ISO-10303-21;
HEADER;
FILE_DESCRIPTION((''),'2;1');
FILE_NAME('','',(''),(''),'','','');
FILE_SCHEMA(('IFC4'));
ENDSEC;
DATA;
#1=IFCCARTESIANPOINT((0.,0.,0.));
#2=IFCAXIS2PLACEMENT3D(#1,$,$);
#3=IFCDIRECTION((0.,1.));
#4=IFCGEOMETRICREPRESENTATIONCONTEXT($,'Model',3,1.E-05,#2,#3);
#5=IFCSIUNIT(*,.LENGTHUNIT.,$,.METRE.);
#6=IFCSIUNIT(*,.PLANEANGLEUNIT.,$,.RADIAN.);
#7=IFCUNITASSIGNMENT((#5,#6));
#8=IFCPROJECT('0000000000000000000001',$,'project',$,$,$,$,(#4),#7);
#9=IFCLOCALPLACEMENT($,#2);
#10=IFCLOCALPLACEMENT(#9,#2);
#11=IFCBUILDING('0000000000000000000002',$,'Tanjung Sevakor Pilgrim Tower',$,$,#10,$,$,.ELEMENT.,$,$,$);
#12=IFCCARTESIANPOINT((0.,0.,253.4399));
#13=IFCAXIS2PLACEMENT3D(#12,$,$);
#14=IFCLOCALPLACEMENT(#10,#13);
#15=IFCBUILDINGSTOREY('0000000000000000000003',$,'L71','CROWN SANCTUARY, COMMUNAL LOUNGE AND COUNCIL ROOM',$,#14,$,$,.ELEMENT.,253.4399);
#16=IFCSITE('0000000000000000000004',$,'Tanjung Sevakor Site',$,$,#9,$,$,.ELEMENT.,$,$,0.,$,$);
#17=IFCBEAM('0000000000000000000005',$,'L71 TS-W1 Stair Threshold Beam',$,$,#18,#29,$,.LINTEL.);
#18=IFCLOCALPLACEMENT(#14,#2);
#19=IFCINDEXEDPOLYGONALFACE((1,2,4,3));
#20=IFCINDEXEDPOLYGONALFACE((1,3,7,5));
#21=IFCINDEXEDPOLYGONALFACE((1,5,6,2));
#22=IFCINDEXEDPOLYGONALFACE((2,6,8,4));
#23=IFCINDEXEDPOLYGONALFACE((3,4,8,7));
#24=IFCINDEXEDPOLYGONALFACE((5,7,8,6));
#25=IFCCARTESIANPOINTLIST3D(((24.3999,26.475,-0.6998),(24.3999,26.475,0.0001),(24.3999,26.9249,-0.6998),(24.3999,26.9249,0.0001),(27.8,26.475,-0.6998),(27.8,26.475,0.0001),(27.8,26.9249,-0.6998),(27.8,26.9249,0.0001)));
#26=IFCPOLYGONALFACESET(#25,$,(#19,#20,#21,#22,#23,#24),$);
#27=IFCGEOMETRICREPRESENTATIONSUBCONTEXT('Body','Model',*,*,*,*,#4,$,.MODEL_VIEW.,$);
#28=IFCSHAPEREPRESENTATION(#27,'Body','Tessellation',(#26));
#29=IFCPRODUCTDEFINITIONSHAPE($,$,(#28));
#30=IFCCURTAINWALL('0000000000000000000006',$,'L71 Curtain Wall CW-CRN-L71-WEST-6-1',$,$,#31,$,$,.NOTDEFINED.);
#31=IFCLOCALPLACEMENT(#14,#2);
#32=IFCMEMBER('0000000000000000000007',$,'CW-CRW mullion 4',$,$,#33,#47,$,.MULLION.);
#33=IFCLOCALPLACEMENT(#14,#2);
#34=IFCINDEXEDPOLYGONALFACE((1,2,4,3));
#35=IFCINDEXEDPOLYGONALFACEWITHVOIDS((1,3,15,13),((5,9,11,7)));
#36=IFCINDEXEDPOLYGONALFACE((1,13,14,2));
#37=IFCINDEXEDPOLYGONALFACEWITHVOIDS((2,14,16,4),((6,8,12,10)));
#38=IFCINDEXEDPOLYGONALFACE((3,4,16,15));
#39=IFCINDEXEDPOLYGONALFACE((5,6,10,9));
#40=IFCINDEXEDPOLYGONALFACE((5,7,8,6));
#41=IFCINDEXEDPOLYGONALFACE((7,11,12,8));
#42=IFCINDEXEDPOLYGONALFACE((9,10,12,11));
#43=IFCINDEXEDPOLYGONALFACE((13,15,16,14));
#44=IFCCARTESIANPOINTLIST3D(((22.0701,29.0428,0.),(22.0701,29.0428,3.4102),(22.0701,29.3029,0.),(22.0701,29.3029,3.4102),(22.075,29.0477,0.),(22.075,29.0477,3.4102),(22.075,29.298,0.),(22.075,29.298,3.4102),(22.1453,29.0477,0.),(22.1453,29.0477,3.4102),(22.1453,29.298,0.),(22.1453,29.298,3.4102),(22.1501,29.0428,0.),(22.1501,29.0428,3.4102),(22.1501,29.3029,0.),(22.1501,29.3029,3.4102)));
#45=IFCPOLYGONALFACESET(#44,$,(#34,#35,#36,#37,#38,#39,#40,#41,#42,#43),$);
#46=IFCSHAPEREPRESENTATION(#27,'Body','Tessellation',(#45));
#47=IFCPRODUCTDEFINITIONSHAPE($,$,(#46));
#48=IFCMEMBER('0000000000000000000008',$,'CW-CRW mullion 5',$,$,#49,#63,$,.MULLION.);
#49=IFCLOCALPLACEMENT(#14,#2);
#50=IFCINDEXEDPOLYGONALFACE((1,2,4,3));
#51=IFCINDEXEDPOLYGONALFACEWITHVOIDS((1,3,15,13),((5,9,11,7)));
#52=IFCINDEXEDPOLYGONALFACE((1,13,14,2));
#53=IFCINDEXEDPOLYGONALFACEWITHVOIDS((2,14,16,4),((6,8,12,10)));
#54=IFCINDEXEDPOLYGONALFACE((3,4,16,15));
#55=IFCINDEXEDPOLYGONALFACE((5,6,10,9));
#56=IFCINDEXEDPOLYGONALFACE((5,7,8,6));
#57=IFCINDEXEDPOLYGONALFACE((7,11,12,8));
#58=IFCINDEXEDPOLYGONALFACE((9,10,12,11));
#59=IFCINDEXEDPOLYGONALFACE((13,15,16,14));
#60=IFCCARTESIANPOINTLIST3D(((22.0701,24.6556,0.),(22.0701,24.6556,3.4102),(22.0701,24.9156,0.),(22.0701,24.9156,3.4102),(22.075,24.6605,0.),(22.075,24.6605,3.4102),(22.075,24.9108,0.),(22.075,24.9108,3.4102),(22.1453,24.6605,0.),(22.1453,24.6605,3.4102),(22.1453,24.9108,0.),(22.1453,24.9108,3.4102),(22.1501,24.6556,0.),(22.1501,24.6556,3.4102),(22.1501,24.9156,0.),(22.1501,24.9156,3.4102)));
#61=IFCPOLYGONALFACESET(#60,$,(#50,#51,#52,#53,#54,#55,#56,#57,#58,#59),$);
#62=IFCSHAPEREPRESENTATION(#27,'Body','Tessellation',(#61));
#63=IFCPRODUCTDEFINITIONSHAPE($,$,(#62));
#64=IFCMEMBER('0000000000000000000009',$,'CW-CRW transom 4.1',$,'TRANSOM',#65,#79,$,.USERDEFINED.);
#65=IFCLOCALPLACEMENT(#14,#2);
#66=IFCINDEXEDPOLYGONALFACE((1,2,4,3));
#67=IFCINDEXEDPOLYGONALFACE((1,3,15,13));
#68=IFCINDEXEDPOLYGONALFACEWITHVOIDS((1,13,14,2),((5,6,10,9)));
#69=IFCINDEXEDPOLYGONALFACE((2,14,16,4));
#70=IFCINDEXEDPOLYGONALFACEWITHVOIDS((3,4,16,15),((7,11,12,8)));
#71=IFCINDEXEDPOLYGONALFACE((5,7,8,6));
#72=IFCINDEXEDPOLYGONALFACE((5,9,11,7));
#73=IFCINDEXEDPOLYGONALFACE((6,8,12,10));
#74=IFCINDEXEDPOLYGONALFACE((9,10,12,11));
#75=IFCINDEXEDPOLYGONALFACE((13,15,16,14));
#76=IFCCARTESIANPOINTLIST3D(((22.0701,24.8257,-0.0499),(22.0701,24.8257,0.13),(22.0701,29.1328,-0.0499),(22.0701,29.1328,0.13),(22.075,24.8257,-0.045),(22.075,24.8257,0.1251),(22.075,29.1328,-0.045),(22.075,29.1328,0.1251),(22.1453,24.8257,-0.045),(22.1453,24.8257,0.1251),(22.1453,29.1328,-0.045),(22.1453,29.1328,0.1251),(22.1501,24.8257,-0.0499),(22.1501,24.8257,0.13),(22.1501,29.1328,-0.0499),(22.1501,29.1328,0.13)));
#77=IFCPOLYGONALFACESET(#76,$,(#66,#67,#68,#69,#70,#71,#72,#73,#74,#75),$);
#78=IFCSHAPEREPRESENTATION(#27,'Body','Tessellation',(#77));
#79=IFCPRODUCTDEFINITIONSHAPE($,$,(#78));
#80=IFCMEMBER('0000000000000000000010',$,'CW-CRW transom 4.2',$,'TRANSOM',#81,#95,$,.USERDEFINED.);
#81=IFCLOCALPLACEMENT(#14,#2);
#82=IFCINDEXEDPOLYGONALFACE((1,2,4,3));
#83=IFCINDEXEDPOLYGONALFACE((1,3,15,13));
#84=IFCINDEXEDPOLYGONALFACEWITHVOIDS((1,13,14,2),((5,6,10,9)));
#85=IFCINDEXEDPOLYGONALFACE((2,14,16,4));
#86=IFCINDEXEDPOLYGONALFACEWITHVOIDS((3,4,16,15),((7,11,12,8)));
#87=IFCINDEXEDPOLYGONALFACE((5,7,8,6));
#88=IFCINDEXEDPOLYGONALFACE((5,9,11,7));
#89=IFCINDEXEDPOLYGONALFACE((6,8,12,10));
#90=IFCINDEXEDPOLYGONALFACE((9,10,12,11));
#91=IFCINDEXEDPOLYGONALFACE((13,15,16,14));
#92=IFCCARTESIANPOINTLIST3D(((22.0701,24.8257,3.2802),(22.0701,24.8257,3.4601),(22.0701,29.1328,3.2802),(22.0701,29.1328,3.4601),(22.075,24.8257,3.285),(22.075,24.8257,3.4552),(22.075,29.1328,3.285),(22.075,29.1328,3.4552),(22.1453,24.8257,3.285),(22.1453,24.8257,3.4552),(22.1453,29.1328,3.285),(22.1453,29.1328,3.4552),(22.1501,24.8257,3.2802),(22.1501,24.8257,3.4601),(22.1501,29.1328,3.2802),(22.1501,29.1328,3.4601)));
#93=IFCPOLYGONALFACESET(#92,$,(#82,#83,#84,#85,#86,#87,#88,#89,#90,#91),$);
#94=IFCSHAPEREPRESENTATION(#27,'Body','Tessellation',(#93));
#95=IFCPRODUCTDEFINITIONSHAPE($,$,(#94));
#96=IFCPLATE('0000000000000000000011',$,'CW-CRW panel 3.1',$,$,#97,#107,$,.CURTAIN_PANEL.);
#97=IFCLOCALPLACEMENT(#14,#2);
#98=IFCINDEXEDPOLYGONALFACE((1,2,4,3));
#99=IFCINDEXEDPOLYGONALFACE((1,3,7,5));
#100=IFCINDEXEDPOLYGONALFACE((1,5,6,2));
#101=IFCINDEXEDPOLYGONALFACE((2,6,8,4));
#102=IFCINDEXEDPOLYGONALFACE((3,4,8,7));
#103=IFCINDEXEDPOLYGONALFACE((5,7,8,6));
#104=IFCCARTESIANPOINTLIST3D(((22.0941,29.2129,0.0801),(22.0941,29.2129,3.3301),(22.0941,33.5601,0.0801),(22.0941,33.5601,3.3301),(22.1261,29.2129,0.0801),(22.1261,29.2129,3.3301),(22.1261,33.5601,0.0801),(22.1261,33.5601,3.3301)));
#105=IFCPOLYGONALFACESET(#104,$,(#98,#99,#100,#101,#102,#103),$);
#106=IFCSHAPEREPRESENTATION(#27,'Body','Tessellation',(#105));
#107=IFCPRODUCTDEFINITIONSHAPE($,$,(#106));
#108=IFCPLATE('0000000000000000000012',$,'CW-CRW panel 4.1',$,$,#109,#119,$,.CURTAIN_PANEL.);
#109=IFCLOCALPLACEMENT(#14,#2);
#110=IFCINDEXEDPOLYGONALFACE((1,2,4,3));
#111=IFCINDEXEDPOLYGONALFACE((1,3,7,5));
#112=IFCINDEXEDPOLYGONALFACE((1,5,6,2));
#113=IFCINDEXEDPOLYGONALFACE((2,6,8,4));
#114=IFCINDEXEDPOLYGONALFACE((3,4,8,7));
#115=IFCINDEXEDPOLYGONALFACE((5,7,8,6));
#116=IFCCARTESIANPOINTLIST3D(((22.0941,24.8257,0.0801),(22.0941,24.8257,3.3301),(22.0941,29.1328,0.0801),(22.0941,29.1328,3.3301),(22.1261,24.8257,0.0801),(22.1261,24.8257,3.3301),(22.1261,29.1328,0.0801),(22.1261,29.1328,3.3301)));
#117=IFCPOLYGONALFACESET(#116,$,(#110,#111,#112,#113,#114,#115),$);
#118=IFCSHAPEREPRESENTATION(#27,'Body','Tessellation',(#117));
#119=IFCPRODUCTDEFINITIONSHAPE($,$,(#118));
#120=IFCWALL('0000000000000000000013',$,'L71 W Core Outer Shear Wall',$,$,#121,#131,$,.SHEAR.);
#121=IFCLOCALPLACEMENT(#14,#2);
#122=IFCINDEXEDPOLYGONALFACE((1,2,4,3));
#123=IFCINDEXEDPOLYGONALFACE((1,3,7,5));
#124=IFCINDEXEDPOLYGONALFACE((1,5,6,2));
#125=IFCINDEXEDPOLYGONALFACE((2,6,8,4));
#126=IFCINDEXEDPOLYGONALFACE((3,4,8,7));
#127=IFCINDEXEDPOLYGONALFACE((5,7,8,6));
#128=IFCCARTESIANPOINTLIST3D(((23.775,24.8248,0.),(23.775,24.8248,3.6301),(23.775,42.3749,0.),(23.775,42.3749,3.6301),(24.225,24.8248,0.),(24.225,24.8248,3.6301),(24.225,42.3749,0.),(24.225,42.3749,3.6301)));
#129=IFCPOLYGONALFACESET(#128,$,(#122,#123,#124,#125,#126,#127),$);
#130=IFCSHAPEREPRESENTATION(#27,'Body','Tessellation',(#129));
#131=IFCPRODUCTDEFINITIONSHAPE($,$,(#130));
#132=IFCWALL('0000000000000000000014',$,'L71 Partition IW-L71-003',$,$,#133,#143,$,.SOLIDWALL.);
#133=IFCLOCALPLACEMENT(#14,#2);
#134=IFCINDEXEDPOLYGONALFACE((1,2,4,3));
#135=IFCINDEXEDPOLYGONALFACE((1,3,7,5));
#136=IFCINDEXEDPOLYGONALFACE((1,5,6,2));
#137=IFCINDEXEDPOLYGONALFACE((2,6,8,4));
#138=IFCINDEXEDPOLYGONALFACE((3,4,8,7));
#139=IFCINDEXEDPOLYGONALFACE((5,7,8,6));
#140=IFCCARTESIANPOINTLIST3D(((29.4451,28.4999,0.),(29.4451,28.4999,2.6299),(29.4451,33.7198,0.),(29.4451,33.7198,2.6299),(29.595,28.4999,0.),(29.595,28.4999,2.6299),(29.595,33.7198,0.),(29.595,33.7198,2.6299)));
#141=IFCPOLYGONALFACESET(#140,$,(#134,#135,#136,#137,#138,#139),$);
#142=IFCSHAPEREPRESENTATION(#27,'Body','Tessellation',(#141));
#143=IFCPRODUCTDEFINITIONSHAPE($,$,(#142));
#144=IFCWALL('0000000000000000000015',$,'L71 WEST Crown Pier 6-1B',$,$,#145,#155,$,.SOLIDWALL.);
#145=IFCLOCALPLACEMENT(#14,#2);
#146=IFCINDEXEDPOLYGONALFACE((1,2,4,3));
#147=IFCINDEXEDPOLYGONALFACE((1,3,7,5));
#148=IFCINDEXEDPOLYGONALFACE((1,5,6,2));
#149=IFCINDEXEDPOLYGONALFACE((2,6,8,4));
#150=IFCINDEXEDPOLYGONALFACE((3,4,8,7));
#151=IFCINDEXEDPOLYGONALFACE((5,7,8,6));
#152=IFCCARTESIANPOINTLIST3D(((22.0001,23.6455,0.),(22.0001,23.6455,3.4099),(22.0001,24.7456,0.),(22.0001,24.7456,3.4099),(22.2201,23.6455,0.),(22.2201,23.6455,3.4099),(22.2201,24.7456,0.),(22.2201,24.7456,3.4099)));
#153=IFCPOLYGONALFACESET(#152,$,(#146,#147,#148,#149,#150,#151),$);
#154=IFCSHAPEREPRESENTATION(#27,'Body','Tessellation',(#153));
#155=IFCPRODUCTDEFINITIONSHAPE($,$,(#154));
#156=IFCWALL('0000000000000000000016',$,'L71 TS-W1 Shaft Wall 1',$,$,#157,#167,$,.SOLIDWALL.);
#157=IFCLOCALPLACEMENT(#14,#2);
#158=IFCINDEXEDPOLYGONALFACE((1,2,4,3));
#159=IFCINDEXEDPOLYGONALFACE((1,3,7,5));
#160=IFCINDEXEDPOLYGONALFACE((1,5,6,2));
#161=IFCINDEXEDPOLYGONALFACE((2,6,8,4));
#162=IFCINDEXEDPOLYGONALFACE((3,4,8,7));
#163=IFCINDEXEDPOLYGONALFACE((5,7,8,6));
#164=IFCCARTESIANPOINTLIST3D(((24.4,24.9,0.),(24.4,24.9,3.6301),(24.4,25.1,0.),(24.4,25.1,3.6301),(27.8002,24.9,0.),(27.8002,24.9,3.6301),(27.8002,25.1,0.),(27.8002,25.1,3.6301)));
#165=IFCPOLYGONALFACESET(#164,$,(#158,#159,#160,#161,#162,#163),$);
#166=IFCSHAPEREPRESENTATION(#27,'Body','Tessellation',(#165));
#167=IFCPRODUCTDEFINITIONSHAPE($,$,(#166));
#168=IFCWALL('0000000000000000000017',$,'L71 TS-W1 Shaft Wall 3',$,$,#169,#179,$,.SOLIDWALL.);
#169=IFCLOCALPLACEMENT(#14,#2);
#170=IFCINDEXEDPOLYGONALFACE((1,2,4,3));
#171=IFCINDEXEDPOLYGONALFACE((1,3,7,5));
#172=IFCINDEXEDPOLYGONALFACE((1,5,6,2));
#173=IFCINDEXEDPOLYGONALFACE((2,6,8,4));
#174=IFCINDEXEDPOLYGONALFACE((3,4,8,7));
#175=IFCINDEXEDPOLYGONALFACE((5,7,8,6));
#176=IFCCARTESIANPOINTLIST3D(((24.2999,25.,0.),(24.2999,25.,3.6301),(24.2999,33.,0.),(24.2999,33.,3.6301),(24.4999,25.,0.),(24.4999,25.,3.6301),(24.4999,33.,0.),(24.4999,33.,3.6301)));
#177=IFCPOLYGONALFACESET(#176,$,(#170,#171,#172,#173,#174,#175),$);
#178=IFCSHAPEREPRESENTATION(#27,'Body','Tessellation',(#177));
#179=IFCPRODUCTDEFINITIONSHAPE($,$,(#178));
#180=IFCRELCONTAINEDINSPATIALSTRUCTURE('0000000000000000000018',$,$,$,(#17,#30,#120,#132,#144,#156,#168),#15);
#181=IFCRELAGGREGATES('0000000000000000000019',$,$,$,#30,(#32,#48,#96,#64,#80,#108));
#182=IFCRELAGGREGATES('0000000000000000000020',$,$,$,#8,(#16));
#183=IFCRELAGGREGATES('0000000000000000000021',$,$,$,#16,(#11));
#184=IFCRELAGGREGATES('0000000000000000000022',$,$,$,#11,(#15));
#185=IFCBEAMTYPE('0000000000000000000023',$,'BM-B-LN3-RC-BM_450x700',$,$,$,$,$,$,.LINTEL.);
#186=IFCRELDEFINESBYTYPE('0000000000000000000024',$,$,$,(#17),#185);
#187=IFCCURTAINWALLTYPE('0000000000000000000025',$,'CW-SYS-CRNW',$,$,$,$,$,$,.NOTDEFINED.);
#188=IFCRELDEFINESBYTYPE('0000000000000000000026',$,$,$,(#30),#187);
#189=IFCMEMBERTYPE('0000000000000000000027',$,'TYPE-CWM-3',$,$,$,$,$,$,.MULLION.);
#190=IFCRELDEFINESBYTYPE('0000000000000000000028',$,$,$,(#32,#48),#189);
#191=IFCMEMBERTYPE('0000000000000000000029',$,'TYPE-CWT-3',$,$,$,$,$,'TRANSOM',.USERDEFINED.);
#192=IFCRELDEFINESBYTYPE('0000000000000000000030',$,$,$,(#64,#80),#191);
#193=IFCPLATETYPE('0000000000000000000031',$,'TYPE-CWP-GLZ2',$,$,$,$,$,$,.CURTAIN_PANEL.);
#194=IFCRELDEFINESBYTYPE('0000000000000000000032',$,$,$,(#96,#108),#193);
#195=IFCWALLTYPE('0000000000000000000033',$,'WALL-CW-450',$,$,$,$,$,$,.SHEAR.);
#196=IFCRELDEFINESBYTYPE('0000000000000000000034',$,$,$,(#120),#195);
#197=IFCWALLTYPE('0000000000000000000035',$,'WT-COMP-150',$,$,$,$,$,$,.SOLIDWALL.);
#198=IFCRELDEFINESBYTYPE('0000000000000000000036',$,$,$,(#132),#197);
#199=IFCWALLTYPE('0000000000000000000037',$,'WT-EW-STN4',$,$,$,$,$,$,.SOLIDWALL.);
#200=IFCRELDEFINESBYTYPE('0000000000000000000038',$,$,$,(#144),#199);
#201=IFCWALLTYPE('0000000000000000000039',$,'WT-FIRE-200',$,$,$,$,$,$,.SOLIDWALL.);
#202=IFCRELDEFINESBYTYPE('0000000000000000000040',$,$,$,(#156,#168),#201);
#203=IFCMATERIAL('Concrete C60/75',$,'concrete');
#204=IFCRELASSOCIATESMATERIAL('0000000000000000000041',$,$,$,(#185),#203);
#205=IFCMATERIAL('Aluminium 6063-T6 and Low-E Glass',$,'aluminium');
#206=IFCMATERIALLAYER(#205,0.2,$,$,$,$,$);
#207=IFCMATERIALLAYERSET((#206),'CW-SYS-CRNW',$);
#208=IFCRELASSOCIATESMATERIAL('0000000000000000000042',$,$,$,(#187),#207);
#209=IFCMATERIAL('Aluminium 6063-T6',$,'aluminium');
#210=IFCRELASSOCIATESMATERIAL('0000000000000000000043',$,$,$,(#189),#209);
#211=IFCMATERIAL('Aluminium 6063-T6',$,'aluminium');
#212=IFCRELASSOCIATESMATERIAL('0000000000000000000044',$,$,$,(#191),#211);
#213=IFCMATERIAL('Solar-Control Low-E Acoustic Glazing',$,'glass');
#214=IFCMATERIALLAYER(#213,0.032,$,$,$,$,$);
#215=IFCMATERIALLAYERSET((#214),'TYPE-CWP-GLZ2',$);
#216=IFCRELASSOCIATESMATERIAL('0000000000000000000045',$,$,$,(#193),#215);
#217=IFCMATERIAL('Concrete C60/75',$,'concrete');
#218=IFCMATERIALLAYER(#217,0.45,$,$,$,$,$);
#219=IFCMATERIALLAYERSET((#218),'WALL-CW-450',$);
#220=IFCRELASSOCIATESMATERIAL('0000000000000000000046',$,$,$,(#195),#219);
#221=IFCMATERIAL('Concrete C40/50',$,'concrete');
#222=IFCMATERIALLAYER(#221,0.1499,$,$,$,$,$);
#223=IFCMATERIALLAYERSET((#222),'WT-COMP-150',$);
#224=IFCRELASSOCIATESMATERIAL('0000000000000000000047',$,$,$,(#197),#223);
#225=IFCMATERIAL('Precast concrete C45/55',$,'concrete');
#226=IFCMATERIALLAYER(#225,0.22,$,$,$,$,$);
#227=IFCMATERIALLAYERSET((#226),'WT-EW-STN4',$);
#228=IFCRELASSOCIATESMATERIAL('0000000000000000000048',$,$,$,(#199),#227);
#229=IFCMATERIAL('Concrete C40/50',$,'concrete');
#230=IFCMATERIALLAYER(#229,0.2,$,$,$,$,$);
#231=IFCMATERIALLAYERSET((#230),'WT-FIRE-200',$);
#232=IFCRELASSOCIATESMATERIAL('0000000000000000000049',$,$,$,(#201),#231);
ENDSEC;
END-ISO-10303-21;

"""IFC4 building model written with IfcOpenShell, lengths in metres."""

from ifc_helpers import new_model, si_unit, direction, frame, frame_2d, origin, origin_2d, place, context, subcontext, project, spatial, rectangle, hollow_rectangle, extrude, material, layer, layer_set, material_profile, profile_set, type_object, element, aggregate, save


model = new_model("IFC4")

# Units and contexts
model_context = context("Model", 3, precision=1e-05, world=origin(), true_north=direction((0.0, 1.0)))
body_context = subcontext(model_context, "Body", "Model", "MODEL_VIEW")
ifc_project = project(units=[si_unit("LENGTHUNIT", "METRE"), si_unit("PLANEANGLEUNIT", "RADIAN")], contexts=[model_context])

# Site, building, storey
site_placement = place(None, origin())
site = spatial("IfcSite", under=ifc_project, at=site_placement, Name="Tanjung Sevakor Site", CompositionType="ELEMENT", RefElevation=0.0)
building_placement = place(site_placement, origin())
building = spatial("IfcBuilding", under=site, at=building_placement, Name="Tanjung Sevakor Pilgrim Tower", CompositionType="ELEMENT")
storey_placement = place(building_placement, frame((0.0, 0.0, 253.4399)))
storey = spatial("IfcBuildingStorey", under=building, at=storey_placement, Name="L71", Description="CROWN SANCTUARY, COMMUNAL LOUNGE AND COUNCIL ROOM", CompositionType="ELEMENT", Elevation=253.4399)

# Beam
ifc_material_1 = material(Name="Concrete C60/75", Category="concrete")
ifc_material_profile_1 = material_profile(ifc_material_1, rectangle(XDim=0.45, YDim=0.7, at=origin_2d()))
ifc_profile_set_1 = profile_set([ifc_material_profile_1], Name="Concrete C60/75")
beam_type = type_object("IfcBeamType", Name="BM-B-LN3-RC-BM_450x700", PredefinedType="LINTEL", material=ifc_profile_set_1)
beam_placement = place(storey_placement, frame((24.3999, 26.7, -0.3499), z_axis=(1.0, 0.0, 0.0), x_axis=(0.0, 1.0, 0.0)))
element("IfcBeam", 1, at=beam_placement, inside=storey, type_object=beam_type, Name="L71 TS-W1 Stair Threshold Beam", PredefinedType="LINTEL", context=body_context, shape_type="SweptSolid", body=[
    extrude(rectangle(XDim=0.45, YDim=0.7, at=origin_2d()), origin(), (0.0, 0.0, 1.0), 3.4001),
])

# Curtain wall, members, plates
ifc_material_2 = material(Name="Aluminium 6063-T6 and Low-E Glass", Category="aluminium")
ifc_layer_1 = layer(ifc_material_2, 0.2)
ifc_layer_set_1 = layer_set([ifc_layer_1], Name="CW-SYS-CRNW")
curtain_wall_type = type_object("IfcCurtainWallType", Name="CW-SYS-CRNW", PredefinedType="NOTDEFINED", material=ifc_layer_set_1)
curtain_wall_placement = place(storey_placement, origin())
curtain_wall = element("IfcCurtainWall", 2, at=curtain_wall_placement, inside=storey, type_object=curtain_wall_type, Name="L71 Curtain Wall CW-CRN-L71-WEST-6-1", PredefinedType="NOTDEFINED")
ifc_material_3 = material(Name="Aluminium 6063-T6", Category="aluminium")
ifc_material_profile_2 = material_profile(ifc_material_3, hollow_rectangle(XDim=0.0801, YDim=0.26, WallThickness=0.0049, at=origin_2d()))
ifc_profile_set_2 = profile_set([ifc_material_profile_2], Name="Aluminium 6063-T6")
member_type_1 = type_object("IfcMemberType", Name="TYPE-CWM-3", PredefinedType="MULLION", material=ifc_profile_set_2)
member_1_placement = place(storey_placement, frame((22.1101, 29.1729, 0.0), z_axis=(0.0, 0.0, 1.0), x_axis=(1.0, 0.0, 0.0)))
member_1 = element("IfcMember", 3, at=member_1_placement, type_object=member_type_1, Name="CW-CRW mullion 4", PredefinedType="MULLION", context=body_context, shape_type="SweptSolid", body=[
    extrude(hollow_rectangle(XDim=0.0801, YDim=0.26, WallThickness=0.0049, at=origin_2d()), origin(), (0.0, 0.0, 1.0), 3.4102),
])
member_2_placement = place(storey_placement, frame((22.1101, 24.7856, 0.0), z_axis=(0.0, 0.0, 1.0), x_axis=(1.0, 0.0, 0.0)))
member_2 = element("IfcMember", 4, at=member_2_placement, type_object=member_type_1, Name="CW-CRW mullion 5", PredefinedType="MULLION", context=body_context, shape_type="SweptSolid", body=[
    extrude(hollow_rectangle(XDim=0.0801, YDim=0.26, WallThickness=0.0049, at=origin_2d()), origin(), (0.0, 0.0, 1.0), 3.4102),
])
ifc_material_4 = material(Name="Aluminium 6063-T6", Category="aluminium")
ifc_material_profile_3 = material_profile(ifc_material_4, hollow_rectangle(XDim=0.0801, YDim=0.1799, WallThickness=0.0049, at=origin_2d()))
ifc_profile_set_3 = profile_set([ifc_material_profile_3], Name="Aluminium 6063-T6")
member_type_2 = type_object("IfcMemberType", Name="TYPE-CWT-3", ElementType="TRANSOM", PredefinedType="USERDEFINED", material=ifc_profile_set_3)
member_3_placement = place(storey_placement, frame((22.1101, 29.1328, 0.04), z_axis=(0.0, -1.0, 0.0), x_axis=(1.0, 0.0, 0.0)))
member_3 = element("IfcMember", 5, at=member_3_placement, type_object=member_type_2, Name="CW-CRW transom 4.1", ObjectType="TRANSOM", PredefinedType="USERDEFINED", context=body_context, shape_type="SweptSolid", body=[
    extrude(hollow_rectangle(XDim=0.0801, YDim=0.1799, WallThickness=0.0049, at=origin_2d()), origin(), (0.0, 0.0, 1.0), 4.3071),
])
member_4_placement = place(storey_placement, frame((22.1101, 29.1328, 3.3701), z_axis=(0.0, -1.0, 0.0), x_axis=(1.0, 0.0, 0.0)))
member_4 = element("IfcMember", 6, at=member_4_placement, type_object=member_type_2, Name="CW-CRW transom 4.2", ObjectType="TRANSOM", PredefinedType="USERDEFINED", context=body_context, shape_type="SweptSolid", body=[
    extrude(hollow_rectangle(XDim=0.0801, YDim=0.1799, WallThickness=0.0049, at=origin_2d()), origin(), (0.0, 0.0, 1.0), 4.3071),
])
ifc_material_5 = material(Name="Solar-Control Low-E Acoustic Glazing", Category="glass")
ifc_layer_2 = layer(ifc_material_5, 0.032)
ifc_layer_set_2 = layer_set([ifc_layer_2], Name="TYPE-CWP-GLZ2")
plate_type = type_object("IfcPlateType", Name="TYPE-CWP-GLZ2", PredefinedType="CURTAIN_PANEL", material=ifc_layer_set_2)
plate_1_placement = place(storey_placement, frame((22.1101, 31.3865, 0.0801), z_axis=(0.0, 0.0, 1.0), x_axis=(0.0, -1.0, 0.0)))
plate_1 = element("IfcPlate", 7, at=plate_1_placement, type_object=plate_type, Name="CW-CRW panel 3.1", PredefinedType="CURTAIN_PANEL", context=body_context, shape_type="SweptSolid", body=[
    extrude(rectangle(XDim=4.3472, YDim=0.032, at=origin_2d()), origin(), (0.0, 0.0, 1.0), 3.25),
])
plate_2_placement = place(storey_placement, frame((22.1101, 26.9792, 0.0801), z_axis=(0.0, 0.0, 1.0), x_axis=(0.0, -1.0, 0.0)))
plate_2 = element("IfcPlate", 8, at=plate_2_placement, type_object=plate_type, Name="CW-CRW panel 4.1", PredefinedType="CURTAIN_PANEL", context=body_context, shape_type="SweptSolid", body=[
    extrude(rectangle(XDim=4.3071, YDim=0.032, at=origin_2d()), origin(), (0.0, 0.0, 1.0), 3.25),
])
aggregate(curtain_wall, [member_1, member_2, plate_1, member_3, member_4, plate_2])

# Wall
ifc_material_6 = material(Name="Concrete C60/75", Category="concrete")
ifc_layer_3 = layer(ifc_material_6, 0.45)
ifc_layer_set_3 = layer_set([ifc_layer_3], Name="WALL-CW-450")
wall_type_1 = type_object("IfcWallType", Name="WALL-CW-450", PredefinedType="SHEAR", material=ifc_layer_set_3)
wall_1_placement = place(storey_placement, frame((24.0, 24.825, 0.0), z_axis=(0.0, 0.0, 1.0), x_axis=(0.0, 1.0, 0.0)))
element("IfcWall", 9, at=wall_1_placement, inside=storey, type_object=wall_type_1, Name="L71 W Core Outer Shear Wall", PredefinedType="SHEAR", context=body_context, shape_type="SweptSolid", body=[
    extrude(rectangle(XDim=17.55, YDim=0.45, at=frame_2d((8.7749, 0.0))), origin(), (0.0, 0.0, 1.0), 3.6301),
])

# Wall
ifc_material_7 = material(Name="Concrete C40/50", Category="concrete")
ifc_layer_4 = layer(ifc_material_7, 0.1499)
ifc_layer_set_4 = layer_set([ifc_layer_4], Name="WT-COMP-150")
wall_type_2 = type_object("IfcWallType", Name="WT-COMP-150", PredefinedType="SOLIDWALL", material=ifc_layer_set_4)
wall_2_placement = place(storey_placement, frame((29.52, 28.5, 0.0), z_axis=(0.0, 0.0, 1.0), x_axis=(0.0, 1.0, 0.0)))
element("IfcWall", 10, at=wall_2_placement, inside=storey, type_object=wall_type_2, Name="L71 Partition IW-L71-003", PredefinedType="SOLIDWALL", context=body_context, shape_type="SweptSolid", body=[
    extrude(rectangle(XDim=5.22, YDim=0.1499, at=frame_2d((2.6099, 0.0))), origin(), (0.0, 0.0, 1.0), 2.6299),
])

# Walls
ifc_material_8 = material(Name="Precast concrete C45/55", Category="concrete")
ifc_layer_5 = layer(ifc_material_8, 0.22)
ifc_layer_set_5 = layer_set([ifc_layer_5], Name="WT-EW-STN4")
wall_type_3 = type_object("IfcWallType", Name="WT-EW-STN4", PredefinedType="SOLIDWALL", material=ifc_layer_set_5)
wall_3_placement = place(storey_placement, frame((22.1101, 24.7456, 0.0), z_axis=(0.0, 0.0, 1.0), x_axis=(0.0, -1.0, 0.0)))
element("IfcWall", 11, at=wall_3_placement, inside=storey, type_object=wall_type_3, Name="L71 WEST Crown Pier 6-1B", PredefinedType="SOLIDWALL", context=body_context, shape_type="SweptSolid", body=[
    extrude(rectangle(XDim=1.1001, YDim=0.22, at=frame_2d((0.55, 0.0))), origin(), (0.0, 0.0, 1.0), 3.4099),
])
ifc_material_9 = material(Name="Concrete C40/50", Category="concrete")
ifc_layer_6 = layer(ifc_material_9, 0.2)
ifc_layer_set_6 = layer_set([ifc_layer_6], Name="WT-FIRE-200")
wall_type_4 = type_object("IfcWallType", Name="WT-FIRE-200", PredefinedType="SOLIDWALL", material=ifc_layer_set_6)
wall_4_placement = place(storey_placement, frame((24.3999, 25.0, 0.0), z_axis=(0.0, 0.0, 1.0), x_axis=(1.0, 0.0, 0.0)))
element("IfcWall", 12, at=wall_4_placement, inside=storey, type_object=wall_type_4, Name="L71 TS-W1 Shaft Wall 1", PredefinedType="SOLIDWALL", context=body_context, shape_type="SweptSolid", body=[
    extrude(rectangle(XDim=3.4001, YDim=0.2, at=frame_2d((1.7002, 0.0))), origin(), (0.0, 0.0, 1.0), 3.6301),
])
wall_5_placement = place(storey_placement, frame((24.3999, 33.0, 0.0), z_axis=(0.0, 0.0, 1.0), x_axis=(0.0, -1.0, 0.0)))
element("IfcWall", 13, at=wall_5_placement, inside=storey, type_object=wall_type_4, Name="L71 TS-W1 Shaft Wall 3", PredefinedType="SOLIDWALL", context=body_context, shape_type="SweptSolid", body=[
    extrude(rectangle(XDim=8.0, YDim=0.2, at=frame_2d((4.0, 0.0))), origin(), (0.0, 0.0, 1.0), 3.6301),
])

save(model, "model.ifc")
